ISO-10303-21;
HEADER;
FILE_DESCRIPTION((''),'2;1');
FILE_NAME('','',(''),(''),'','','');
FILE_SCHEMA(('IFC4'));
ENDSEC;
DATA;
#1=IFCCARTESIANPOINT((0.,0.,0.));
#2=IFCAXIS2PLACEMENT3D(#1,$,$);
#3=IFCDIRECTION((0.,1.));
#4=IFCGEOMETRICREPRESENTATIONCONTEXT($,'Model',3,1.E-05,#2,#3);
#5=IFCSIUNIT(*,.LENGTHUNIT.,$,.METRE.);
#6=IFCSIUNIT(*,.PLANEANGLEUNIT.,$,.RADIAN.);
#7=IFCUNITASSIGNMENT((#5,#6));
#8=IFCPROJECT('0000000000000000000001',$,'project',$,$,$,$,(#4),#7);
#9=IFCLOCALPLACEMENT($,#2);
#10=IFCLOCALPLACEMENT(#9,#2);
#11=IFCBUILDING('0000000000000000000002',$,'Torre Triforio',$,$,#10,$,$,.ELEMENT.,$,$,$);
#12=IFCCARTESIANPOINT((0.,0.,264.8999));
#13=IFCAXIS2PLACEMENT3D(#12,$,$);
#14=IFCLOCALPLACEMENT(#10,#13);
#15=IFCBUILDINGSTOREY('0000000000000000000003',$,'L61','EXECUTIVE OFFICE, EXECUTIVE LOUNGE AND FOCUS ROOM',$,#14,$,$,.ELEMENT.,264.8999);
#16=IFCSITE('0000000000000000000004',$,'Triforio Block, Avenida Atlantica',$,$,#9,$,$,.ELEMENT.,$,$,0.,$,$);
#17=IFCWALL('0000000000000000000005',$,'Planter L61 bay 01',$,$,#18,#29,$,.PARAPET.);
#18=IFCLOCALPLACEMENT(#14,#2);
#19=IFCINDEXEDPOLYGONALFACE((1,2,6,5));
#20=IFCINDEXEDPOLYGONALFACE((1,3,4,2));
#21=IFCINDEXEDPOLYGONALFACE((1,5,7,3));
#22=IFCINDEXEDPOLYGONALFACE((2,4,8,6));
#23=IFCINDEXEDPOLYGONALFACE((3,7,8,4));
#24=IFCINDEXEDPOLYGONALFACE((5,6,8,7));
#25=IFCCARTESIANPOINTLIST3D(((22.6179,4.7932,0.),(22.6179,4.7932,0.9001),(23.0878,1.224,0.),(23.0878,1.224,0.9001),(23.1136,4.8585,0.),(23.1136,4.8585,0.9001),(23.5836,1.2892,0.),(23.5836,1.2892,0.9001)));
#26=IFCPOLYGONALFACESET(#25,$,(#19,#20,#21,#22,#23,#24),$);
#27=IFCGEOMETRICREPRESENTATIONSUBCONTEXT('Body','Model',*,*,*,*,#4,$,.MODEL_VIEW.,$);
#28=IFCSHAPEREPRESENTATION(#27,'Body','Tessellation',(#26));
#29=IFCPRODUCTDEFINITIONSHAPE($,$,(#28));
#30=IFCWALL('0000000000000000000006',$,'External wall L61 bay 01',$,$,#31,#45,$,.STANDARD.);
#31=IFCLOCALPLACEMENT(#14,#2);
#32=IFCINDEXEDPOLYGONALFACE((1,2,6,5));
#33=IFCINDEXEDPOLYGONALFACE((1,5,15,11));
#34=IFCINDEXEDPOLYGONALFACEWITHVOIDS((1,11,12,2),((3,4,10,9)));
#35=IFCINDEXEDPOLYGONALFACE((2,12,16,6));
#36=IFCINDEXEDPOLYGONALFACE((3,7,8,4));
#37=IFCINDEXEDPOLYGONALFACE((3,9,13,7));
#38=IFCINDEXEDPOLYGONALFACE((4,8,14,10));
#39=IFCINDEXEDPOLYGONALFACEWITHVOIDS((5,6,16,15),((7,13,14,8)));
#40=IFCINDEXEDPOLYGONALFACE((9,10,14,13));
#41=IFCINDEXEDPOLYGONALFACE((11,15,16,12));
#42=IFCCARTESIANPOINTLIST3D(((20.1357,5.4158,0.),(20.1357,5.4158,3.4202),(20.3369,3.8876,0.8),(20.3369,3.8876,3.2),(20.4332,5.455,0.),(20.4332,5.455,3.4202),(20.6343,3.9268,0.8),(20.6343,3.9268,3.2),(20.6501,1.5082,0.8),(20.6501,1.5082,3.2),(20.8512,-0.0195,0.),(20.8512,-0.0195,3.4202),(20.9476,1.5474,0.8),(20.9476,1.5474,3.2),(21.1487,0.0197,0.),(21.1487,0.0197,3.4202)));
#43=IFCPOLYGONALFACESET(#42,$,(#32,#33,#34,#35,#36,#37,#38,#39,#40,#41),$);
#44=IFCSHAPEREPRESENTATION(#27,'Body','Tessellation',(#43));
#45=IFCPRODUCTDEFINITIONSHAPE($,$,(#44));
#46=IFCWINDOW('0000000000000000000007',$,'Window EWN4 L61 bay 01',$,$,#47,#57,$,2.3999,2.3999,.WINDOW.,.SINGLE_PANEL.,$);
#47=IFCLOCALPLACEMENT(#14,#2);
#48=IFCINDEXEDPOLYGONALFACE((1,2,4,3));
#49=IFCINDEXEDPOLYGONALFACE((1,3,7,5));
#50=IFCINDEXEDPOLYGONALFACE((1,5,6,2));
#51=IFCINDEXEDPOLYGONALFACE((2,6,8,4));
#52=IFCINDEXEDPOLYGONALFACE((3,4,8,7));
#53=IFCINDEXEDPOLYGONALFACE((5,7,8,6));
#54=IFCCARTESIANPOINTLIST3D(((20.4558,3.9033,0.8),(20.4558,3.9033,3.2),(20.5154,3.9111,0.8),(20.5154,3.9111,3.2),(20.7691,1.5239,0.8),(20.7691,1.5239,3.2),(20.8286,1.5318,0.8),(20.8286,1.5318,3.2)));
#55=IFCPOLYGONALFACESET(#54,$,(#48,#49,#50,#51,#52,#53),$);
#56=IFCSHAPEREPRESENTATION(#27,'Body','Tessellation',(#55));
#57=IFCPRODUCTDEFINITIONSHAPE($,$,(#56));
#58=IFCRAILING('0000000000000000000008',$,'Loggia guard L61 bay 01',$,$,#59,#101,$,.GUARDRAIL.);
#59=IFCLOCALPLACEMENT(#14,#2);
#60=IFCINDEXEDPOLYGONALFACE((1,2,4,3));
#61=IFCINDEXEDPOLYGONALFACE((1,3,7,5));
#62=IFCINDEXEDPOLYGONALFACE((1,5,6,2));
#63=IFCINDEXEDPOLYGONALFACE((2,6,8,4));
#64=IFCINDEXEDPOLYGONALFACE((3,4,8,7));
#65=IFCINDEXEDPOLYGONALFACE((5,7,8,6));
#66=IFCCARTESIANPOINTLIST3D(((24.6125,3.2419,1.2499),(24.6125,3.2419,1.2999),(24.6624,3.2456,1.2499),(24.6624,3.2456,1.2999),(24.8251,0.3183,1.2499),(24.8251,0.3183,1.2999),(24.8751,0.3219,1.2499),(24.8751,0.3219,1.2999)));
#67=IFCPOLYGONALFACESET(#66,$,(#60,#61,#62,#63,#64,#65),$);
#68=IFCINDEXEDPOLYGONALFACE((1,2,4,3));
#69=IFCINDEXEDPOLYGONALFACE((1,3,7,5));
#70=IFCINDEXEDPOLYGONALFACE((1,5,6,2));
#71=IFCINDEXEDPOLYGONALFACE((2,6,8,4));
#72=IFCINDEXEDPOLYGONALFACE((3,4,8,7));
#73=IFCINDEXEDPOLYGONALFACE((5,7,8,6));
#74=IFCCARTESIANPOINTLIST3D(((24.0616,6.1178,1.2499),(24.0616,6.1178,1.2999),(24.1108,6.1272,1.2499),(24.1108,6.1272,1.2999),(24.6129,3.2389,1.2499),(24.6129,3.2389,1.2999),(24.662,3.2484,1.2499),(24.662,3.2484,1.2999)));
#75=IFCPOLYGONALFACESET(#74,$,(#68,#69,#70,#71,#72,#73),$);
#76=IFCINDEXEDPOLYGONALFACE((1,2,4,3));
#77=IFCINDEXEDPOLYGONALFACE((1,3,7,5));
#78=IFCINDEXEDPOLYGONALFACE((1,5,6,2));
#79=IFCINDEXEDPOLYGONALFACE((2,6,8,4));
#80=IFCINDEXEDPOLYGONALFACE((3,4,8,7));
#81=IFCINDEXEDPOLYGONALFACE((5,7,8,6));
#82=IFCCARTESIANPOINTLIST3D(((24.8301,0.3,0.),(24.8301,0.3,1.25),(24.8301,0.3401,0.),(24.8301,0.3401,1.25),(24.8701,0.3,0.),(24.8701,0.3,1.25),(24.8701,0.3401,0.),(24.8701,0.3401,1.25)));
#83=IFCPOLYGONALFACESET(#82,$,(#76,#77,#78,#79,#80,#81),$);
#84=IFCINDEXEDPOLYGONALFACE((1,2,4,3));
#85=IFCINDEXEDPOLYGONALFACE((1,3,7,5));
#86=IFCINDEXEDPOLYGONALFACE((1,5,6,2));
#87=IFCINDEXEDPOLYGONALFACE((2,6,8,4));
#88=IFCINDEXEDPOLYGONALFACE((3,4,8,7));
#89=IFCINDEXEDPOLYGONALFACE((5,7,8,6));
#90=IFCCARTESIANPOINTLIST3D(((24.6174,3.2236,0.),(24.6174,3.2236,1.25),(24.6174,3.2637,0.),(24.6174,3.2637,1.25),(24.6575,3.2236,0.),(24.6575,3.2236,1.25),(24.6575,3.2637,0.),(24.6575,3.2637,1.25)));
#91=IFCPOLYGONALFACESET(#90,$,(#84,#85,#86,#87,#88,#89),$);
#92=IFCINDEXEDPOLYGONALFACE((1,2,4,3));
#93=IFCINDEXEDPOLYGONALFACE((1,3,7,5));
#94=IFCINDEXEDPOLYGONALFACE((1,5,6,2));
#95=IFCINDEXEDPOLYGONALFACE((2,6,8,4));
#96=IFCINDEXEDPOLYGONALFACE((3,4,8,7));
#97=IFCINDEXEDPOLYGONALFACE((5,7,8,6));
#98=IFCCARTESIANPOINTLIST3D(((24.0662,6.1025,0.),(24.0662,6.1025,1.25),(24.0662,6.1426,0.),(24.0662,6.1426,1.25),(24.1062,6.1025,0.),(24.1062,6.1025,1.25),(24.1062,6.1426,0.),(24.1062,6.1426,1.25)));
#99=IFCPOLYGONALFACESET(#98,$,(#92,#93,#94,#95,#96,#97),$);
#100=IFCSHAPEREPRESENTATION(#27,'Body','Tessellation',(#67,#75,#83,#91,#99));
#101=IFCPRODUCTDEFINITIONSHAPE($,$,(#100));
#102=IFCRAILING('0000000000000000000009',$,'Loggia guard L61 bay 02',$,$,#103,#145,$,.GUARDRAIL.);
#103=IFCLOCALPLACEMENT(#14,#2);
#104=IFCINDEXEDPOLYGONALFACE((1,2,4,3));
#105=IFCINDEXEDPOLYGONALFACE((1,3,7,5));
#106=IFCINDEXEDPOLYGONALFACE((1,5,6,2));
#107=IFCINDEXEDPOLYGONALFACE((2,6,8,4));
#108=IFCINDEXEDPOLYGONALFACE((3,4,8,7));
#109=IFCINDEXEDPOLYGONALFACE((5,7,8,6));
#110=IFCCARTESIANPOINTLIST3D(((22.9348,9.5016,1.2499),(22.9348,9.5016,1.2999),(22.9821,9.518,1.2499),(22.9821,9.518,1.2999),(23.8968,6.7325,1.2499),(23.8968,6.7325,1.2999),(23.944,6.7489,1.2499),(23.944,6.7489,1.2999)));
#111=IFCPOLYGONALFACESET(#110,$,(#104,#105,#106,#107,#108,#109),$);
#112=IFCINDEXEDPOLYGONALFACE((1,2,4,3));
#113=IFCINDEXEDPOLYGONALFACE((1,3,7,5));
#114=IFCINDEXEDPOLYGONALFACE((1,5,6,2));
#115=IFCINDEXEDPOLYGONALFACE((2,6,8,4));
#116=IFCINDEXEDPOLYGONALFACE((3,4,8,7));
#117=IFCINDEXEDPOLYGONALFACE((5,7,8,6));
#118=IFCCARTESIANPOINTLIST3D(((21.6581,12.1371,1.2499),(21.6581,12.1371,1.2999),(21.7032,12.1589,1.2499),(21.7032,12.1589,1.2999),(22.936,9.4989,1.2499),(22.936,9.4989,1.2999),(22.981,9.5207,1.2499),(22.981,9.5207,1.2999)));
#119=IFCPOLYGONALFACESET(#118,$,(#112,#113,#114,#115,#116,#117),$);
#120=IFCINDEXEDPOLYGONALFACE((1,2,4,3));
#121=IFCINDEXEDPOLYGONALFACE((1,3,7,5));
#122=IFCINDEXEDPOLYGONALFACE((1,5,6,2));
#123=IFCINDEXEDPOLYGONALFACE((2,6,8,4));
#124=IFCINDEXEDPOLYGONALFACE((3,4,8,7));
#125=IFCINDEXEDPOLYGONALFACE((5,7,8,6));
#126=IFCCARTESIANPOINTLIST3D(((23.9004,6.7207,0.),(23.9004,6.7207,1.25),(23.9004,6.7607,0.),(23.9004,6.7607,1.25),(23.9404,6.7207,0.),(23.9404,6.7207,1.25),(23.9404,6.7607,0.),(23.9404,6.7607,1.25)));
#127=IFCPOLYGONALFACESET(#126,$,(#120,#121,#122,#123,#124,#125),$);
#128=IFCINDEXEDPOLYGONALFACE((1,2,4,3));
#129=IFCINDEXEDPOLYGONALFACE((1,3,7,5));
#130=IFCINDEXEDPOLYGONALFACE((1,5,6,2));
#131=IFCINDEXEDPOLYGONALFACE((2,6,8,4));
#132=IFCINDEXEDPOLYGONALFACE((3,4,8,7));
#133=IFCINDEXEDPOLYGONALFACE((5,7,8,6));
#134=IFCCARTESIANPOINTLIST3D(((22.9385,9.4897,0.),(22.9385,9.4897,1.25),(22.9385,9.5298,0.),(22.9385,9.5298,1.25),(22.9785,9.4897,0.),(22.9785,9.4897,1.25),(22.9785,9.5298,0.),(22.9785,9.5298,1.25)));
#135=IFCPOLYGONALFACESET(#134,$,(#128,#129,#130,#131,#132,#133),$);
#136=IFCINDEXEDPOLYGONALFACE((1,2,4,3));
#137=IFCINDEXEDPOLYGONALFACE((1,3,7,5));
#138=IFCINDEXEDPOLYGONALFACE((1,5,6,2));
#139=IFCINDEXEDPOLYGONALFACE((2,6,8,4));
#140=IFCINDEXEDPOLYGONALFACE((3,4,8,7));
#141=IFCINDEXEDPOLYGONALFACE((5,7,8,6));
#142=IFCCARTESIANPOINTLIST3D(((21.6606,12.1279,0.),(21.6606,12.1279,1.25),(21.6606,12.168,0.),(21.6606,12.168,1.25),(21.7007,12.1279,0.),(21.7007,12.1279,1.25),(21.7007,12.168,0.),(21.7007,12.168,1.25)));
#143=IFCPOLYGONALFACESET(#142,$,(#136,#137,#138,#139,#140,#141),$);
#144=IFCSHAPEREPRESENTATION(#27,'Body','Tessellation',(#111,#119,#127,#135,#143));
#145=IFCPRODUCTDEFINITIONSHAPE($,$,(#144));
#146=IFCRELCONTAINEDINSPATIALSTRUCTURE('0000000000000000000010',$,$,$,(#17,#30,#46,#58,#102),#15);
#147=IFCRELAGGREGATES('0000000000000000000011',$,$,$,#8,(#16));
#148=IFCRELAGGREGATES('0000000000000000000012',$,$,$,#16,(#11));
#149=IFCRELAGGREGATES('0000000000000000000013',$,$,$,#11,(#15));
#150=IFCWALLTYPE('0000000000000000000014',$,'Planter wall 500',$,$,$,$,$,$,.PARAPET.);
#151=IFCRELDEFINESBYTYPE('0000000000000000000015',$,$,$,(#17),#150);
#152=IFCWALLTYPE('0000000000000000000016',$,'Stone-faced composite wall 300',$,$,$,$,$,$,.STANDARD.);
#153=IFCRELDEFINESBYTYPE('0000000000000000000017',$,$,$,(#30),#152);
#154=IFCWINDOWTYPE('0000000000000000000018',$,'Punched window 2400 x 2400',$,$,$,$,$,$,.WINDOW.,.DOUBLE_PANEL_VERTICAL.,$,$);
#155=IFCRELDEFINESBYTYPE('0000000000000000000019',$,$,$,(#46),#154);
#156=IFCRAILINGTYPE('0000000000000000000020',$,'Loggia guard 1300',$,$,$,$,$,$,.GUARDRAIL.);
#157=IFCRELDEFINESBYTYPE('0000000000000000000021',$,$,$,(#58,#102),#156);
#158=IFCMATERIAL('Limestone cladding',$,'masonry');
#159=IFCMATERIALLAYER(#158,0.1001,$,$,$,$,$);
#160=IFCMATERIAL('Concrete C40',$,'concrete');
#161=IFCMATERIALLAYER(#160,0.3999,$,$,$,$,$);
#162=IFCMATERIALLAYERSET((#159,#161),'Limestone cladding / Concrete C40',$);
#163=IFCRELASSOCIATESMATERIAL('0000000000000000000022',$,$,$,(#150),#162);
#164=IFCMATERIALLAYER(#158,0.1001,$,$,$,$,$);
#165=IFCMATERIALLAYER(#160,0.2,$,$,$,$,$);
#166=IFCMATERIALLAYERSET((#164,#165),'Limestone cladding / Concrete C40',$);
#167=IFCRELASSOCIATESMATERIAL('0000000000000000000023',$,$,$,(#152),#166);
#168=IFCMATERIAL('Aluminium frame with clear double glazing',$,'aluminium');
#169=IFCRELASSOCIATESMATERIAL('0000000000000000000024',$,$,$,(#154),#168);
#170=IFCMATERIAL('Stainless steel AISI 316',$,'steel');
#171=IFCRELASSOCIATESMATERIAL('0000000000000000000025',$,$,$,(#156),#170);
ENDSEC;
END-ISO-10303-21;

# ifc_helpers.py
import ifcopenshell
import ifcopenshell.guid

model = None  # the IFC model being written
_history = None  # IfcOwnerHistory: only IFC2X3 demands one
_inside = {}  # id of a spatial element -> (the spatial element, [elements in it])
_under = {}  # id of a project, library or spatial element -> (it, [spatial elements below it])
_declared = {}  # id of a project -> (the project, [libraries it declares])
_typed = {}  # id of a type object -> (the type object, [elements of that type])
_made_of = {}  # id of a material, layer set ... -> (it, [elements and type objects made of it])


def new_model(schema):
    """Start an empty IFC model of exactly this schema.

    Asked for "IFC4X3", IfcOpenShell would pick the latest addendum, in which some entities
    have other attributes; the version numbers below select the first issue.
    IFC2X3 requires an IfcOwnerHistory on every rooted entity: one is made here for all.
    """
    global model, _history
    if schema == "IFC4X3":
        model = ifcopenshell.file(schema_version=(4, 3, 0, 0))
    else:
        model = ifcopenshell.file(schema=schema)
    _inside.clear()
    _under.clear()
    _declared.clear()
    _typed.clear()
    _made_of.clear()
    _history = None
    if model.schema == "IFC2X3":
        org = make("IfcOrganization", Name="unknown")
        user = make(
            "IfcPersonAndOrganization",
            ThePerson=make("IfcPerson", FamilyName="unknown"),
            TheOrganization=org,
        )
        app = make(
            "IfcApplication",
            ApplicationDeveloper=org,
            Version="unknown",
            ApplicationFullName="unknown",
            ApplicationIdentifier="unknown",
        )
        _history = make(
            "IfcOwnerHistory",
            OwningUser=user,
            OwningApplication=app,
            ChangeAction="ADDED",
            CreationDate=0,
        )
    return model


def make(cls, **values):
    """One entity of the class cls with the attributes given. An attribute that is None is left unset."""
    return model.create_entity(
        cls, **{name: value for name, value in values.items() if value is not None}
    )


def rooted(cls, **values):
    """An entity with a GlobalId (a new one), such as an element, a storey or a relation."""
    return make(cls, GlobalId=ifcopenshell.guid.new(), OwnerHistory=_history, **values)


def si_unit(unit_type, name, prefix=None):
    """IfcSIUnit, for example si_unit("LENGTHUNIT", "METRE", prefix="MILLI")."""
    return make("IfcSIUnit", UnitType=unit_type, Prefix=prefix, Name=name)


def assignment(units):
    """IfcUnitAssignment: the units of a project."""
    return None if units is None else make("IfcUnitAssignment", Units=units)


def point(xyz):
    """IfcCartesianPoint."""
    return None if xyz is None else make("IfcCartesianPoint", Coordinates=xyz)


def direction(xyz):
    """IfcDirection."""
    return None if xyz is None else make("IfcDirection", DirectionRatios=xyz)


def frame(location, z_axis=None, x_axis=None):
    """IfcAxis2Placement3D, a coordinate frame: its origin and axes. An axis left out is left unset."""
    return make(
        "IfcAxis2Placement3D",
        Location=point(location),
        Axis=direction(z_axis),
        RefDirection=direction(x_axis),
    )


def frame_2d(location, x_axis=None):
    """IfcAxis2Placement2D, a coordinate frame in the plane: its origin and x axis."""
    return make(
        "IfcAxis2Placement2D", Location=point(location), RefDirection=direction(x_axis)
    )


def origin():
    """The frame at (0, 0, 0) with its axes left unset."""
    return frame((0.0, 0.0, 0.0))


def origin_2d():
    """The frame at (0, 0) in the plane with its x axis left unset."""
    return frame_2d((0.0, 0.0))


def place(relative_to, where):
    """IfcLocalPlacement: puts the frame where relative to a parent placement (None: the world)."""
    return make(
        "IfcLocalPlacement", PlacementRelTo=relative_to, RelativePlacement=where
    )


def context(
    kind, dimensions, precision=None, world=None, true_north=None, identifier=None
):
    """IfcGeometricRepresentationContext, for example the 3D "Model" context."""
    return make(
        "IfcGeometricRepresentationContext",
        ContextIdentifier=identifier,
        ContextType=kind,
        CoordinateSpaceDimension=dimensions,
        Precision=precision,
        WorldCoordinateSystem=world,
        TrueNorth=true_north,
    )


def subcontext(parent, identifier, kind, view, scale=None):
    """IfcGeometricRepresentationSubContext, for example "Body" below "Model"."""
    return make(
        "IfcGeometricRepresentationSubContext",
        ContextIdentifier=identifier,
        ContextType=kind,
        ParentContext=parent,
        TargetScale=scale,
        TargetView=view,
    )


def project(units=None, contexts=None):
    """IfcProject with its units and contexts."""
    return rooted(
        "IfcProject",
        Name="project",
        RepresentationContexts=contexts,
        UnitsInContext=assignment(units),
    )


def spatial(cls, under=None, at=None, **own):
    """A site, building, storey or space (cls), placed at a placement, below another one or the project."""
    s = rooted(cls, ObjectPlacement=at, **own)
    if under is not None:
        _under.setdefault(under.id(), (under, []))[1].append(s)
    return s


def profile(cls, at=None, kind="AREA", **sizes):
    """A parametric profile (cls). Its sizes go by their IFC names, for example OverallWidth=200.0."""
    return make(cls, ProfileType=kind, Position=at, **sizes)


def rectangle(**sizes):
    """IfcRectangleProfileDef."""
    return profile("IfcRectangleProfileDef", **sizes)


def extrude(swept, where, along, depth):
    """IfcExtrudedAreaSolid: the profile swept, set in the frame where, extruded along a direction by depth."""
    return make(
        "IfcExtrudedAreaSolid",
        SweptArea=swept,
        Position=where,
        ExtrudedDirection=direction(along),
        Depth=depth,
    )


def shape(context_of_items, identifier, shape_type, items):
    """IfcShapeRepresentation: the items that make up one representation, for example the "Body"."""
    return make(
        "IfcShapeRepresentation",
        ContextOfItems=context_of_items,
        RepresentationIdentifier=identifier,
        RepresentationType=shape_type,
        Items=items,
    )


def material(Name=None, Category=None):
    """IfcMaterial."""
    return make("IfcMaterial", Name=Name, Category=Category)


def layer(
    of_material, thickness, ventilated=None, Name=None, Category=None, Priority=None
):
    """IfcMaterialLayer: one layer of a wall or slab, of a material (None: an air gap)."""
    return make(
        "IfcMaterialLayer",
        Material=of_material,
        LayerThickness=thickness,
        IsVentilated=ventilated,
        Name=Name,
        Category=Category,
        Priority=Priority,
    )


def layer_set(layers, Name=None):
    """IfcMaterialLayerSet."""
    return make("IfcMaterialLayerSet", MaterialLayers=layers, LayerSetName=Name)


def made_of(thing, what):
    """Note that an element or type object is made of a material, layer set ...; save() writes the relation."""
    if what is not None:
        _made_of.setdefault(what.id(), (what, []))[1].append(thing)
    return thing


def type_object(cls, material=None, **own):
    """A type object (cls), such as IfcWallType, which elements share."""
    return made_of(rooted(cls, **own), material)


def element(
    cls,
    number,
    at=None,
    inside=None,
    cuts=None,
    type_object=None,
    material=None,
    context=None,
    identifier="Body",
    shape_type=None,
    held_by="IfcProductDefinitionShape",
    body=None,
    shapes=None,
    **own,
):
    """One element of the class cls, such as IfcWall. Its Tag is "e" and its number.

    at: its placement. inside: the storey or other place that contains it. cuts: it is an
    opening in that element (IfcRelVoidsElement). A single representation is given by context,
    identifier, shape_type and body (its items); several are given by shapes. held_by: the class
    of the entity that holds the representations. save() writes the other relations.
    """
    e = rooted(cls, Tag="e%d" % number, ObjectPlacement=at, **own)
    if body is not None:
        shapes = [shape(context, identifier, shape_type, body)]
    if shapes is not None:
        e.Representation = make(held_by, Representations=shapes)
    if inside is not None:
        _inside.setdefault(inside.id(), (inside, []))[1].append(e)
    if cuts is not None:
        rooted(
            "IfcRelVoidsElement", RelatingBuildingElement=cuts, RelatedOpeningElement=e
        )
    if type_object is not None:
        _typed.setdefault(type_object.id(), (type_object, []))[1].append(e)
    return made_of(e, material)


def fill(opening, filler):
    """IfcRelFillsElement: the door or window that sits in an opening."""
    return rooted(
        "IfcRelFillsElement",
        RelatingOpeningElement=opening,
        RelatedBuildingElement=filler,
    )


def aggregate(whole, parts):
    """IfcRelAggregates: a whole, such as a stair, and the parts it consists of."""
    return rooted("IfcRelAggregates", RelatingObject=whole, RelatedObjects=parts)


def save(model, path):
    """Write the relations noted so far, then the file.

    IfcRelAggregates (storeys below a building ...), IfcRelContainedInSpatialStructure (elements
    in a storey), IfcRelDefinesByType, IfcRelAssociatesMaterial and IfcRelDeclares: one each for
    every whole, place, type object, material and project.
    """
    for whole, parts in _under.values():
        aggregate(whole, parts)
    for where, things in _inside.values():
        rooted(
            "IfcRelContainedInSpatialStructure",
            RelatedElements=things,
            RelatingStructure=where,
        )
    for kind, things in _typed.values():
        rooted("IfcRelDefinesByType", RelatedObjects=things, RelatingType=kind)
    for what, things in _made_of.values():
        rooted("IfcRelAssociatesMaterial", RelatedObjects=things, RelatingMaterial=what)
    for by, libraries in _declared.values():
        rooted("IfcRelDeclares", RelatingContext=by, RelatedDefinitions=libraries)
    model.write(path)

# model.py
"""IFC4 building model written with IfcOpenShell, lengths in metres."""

from ifc_helpers import new_model, si_unit, direction, frame, frame_2d, origin, origin_2d, place, context, subcontext, project, spatial, rectangle, extrude, material, layer, layer_set, type_object, element, fill, save


model = new_model("IFC4")

# Units and contexts
model_context = context("Model", 3, precision=1e-05, world=origin(), true_north=direction((0.0, 1.0)))
body_context = subcontext(model_context, "Body", "Model", "MODEL_VIEW")
ifc_project = project(units=[si_unit("LENGTHUNIT", "METRE"), si_unit("PLANEANGLEUNIT", "RADIAN")], contexts=[model_context])

# Site, building, storey
site_placement = place(None, origin())
site = spatial("IfcSite", under=ifc_project, at=site_placement, Name="Triforio Block, Avenida Atlantica", CompositionType="ELEMENT", RefElevation=0.0)
building_placement = place(site_placement, origin())
building = spatial("IfcBuilding", under=site, at=building_placement, Name="Torre Triforio", CompositionType="ELEMENT")
storey_placement = place(building_placement, frame((0.0, 0.0, 264.8999)))
storey = spatial("IfcBuildingStorey", under=building, at=storey_placement, Name="L61", Description="EXECUTIVE OFFICE, EXECUTIVE LOUNGE AND FOCUS ROOM", CompositionType="ELEMENT", Elevation=264.8999)

# Shared definitions
ifc_material_1 = material(Name="Concrete C40", Category="concrete")

# Wall
ifc_material_2 = material(Name="Limestone cladding", Category="masonry")
ifc_layer_1 = layer(ifc_material_2, 0.1001)
ifc_layer_2 = layer(ifc_material_1, 0.3999)
ifc_layer_set_1 = layer_set([ifc_layer_1, ifc_layer_2], Name="Limestone cladding / Concrete C40")
wall_type_1 = type_object("IfcWallType", Name="Planter wall 500", PredefinedType="PARAPET", material=ifc_layer_set_1)
wall_1_placement = place(storey_placement, frame((23.3357, 1.2566, 0.0), z_axis=(0.0, 0.0, 1.0), x_axis=(-0.130542, 0.991443, 0.0)))
element("IfcWall", 1, at=wall_1_placement, inside=storey, type_object=wall_type_1, Name="Planter L61 bay 01", PredefinedType="PARAPET", context=body_context, shape_type="SweptSolid", body=[
    extrude(rectangle(XDim=3.6001, YDim=0.5, at=frame_2d((1.8, 0.0))), origin(), (0.0, 0.0, 1.0), 0.9001),
])

# Wall, opening, window
ifc_layer_3 = layer(ifc_material_2, 0.1001)
ifc_layer_4 = layer(ifc_material_1, 0.2)
ifc_layer_set_2 = layer_set([ifc_layer_3, ifc_layer_4], Name="Limestone cladding / Concrete C40")
wall_type_2 = type_object("IfcWallType", Name="Stone-faced composite wall 300", PredefinedType="STANDARD", material=ifc_layer_set_2)
wall_2_placement = place(storey_placement, frame((21.0, 0.0, 0.0), z_axis=(0.0, 0.0, 1.0), x_axis=(-0.130527, 0.991445, 0.0)))
wall_2 = element("IfcWall", 2, at=wall_2_placement, inside=storey, type_object=wall_type_2, Name="External wall L61 bay 01", PredefinedType="STANDARD", context=body_context, shape_type="SweptSolid", body=[
    extrude(rectangle(XDim=5.4822, YDim=0.3, at=frame_2d((2.7412, 0.0))), origin(), (0.0, 0.0, 1.0), 3.4202),
])
opening_1_placement = place(wall_2_placement, frame((1.541, 0.0, 0.8)))
opening_1 = element("IfcOpeningElement", 3, at=opening_1_placement, cuts=wall_2, PredefinedType="OPENING", context=body_context, shape_type="SweptSolid", body=[
    extrude(rectangle(XDim=2.3999, YDim=2.3999, at=frame_2d((1.2, 1.2))), frame((0.0, 0.1599, 0.0), z_axis=(0.0, -1.0, 0.0), x_axis=(1.0, 0.0, 0.0)), (0.0, 0.0, 1.0), 0.3201),
])
ifc_material_3 = material(Name="Aluminium frame with clear double glazing", Category="aluminium")
window_type_1 = type_object("IfcWindowType", Name="Punched window 2400 x 2400", PartitioningType="DOUBLE_PANEL_VERTICAL", PredefinedType="WINDOW", material=ifc_material_3)
window_1_placement = place(opening_1_placement, origin())
window_1 = element("IfcWindow", 4, at=window_1_placement, inside=storey, type_object=window_type_1, Name="Window EWN4 L61 bay 01", OverallHeight=2.3999, OverallWidth=2.3999, PartitioningType="SINGLE_PANEL", PredefinedType="WINDOW", context=body_context, shape_type="SweptSolid", body=[
    extrude(rectangle(XDim=2.3999, YDim=2.3999, at=frame_2d((1.2, 1.2))), frame((0.0, 0.03, 0.0), z_axis=(0.0, -1.0, 0.0), x_axis=(1.0, 0.0, 0.0)), (0.0, 0.0, 1.0), 0.0601),
])
fill(opening_1, window_1)

# Railings
ifc_material_4 = material(Name="Stainless steel AISI 316", Category="steel")
railing_type = type_object("IfcRailingType", Name="Loggia guard 1300", PredefinedType="GUARDRAIL", material=ifc_material_4)
railing_1_placement = place(storey_placement, frame((24.8501, 0.3201, 0.0)))
element("IfcRailing", 5, at=railing_1_placement, inside=storey, type_object=railing_type, Name="Loggia guard L61 bay 01", PredefinedType="GUARDRAIL", context=body_context, shape_type="SweptSolid", body=[
    extrude(rectangle(XDim=0.05, YDim=0.05, at=origin_2d()), frame((0.0, 0.0, 1.2749), z_axis=(-0.072543, 0.997365, 0.0), x_axis=(-0.997365, -0.072543, 0.0)), (0.0, 0.0, 1.0), 2.9314),
    extrude(rectangle(XDim=0.05, YDim=0.05, at=origin_2d()), frame((-0.2126, 2.9236, 1.2749), z_axis=(-0.188069, 0.982156, 0.0), x_axis=(-0.982156, -0.188069, 0.0)), (0.0, 0.0, 1.0), 2.9312),
    extrude(rectangle(XDim=0.04, YDim=0.04, at=origin_2d()), origin(), (0.0, 0.0, 1.0), 1.25),
    extrude(rectangle(XDim=0.04, YDim=0.04, at=origin_2d()), frame((-0.2126, 2.9236, 0.0)), (0.0, 0.0, 1.0), 1.25),
    extrude(rectangle(XDim=0.04, YDim=0.04, at=origin_2d()), frame((-0.7639, 5.8025, 0.0)), (0.0, 0.0, 1.0), 1.25),
])
railing_2_placement = place(storey_placement, frame((23.9204, 6.7407, 0.0)))
element("IfcRailing", 6, at=railing_2_placement, inside=storey, type_object=railing_type, Name="Loggia guard L61 bay 02", PredefinedType="GUARDRAIL", context=body_context, shape_type="SweptSolid", body=[
    extrude(rectangle(XDim=0.05, YDim=0.05, at=origin_2d()), frame((0.0, 0.0, 1.2749), z_axis=(-0.328146, 0.944627, 0.0), x_axis=(-0.944627, -0.328146, 0.0)), (0.0, 0.0, 1.0), 2.9314),
    extrude(rectangle(XDim=0.05, YDim=0.05, at=origin_2d()), frame((-0.9619, 2.769, 1.2749), z_axis=(-0.435918, 0.899986, 0.0), x_axis=(-0.899986, -0.435918, 0.0)), (0.0, 0.0, 1.0), 2.9314),
    extrude(rectangle(XDim=0.04, YDim=0.04, at=origin_2d()), origin(), (0.0, 0.0, 1.0), 1.25),
    extrude(rectangle(XDim=0.04, YDim=0.04, at=origin_2d()), frame((-0.9619, 2.769, 0.0)), (0.0, 0.0, 1.0), 1.25),
    extrude(rectangle(XDim=0.04, YDim=0.04, at=origin_2d()), frame((-2.2397, 5.4072, 0.0)), (0.0, 0.0, 1.0), 1.25),
])

save(model, "model.ifc")
